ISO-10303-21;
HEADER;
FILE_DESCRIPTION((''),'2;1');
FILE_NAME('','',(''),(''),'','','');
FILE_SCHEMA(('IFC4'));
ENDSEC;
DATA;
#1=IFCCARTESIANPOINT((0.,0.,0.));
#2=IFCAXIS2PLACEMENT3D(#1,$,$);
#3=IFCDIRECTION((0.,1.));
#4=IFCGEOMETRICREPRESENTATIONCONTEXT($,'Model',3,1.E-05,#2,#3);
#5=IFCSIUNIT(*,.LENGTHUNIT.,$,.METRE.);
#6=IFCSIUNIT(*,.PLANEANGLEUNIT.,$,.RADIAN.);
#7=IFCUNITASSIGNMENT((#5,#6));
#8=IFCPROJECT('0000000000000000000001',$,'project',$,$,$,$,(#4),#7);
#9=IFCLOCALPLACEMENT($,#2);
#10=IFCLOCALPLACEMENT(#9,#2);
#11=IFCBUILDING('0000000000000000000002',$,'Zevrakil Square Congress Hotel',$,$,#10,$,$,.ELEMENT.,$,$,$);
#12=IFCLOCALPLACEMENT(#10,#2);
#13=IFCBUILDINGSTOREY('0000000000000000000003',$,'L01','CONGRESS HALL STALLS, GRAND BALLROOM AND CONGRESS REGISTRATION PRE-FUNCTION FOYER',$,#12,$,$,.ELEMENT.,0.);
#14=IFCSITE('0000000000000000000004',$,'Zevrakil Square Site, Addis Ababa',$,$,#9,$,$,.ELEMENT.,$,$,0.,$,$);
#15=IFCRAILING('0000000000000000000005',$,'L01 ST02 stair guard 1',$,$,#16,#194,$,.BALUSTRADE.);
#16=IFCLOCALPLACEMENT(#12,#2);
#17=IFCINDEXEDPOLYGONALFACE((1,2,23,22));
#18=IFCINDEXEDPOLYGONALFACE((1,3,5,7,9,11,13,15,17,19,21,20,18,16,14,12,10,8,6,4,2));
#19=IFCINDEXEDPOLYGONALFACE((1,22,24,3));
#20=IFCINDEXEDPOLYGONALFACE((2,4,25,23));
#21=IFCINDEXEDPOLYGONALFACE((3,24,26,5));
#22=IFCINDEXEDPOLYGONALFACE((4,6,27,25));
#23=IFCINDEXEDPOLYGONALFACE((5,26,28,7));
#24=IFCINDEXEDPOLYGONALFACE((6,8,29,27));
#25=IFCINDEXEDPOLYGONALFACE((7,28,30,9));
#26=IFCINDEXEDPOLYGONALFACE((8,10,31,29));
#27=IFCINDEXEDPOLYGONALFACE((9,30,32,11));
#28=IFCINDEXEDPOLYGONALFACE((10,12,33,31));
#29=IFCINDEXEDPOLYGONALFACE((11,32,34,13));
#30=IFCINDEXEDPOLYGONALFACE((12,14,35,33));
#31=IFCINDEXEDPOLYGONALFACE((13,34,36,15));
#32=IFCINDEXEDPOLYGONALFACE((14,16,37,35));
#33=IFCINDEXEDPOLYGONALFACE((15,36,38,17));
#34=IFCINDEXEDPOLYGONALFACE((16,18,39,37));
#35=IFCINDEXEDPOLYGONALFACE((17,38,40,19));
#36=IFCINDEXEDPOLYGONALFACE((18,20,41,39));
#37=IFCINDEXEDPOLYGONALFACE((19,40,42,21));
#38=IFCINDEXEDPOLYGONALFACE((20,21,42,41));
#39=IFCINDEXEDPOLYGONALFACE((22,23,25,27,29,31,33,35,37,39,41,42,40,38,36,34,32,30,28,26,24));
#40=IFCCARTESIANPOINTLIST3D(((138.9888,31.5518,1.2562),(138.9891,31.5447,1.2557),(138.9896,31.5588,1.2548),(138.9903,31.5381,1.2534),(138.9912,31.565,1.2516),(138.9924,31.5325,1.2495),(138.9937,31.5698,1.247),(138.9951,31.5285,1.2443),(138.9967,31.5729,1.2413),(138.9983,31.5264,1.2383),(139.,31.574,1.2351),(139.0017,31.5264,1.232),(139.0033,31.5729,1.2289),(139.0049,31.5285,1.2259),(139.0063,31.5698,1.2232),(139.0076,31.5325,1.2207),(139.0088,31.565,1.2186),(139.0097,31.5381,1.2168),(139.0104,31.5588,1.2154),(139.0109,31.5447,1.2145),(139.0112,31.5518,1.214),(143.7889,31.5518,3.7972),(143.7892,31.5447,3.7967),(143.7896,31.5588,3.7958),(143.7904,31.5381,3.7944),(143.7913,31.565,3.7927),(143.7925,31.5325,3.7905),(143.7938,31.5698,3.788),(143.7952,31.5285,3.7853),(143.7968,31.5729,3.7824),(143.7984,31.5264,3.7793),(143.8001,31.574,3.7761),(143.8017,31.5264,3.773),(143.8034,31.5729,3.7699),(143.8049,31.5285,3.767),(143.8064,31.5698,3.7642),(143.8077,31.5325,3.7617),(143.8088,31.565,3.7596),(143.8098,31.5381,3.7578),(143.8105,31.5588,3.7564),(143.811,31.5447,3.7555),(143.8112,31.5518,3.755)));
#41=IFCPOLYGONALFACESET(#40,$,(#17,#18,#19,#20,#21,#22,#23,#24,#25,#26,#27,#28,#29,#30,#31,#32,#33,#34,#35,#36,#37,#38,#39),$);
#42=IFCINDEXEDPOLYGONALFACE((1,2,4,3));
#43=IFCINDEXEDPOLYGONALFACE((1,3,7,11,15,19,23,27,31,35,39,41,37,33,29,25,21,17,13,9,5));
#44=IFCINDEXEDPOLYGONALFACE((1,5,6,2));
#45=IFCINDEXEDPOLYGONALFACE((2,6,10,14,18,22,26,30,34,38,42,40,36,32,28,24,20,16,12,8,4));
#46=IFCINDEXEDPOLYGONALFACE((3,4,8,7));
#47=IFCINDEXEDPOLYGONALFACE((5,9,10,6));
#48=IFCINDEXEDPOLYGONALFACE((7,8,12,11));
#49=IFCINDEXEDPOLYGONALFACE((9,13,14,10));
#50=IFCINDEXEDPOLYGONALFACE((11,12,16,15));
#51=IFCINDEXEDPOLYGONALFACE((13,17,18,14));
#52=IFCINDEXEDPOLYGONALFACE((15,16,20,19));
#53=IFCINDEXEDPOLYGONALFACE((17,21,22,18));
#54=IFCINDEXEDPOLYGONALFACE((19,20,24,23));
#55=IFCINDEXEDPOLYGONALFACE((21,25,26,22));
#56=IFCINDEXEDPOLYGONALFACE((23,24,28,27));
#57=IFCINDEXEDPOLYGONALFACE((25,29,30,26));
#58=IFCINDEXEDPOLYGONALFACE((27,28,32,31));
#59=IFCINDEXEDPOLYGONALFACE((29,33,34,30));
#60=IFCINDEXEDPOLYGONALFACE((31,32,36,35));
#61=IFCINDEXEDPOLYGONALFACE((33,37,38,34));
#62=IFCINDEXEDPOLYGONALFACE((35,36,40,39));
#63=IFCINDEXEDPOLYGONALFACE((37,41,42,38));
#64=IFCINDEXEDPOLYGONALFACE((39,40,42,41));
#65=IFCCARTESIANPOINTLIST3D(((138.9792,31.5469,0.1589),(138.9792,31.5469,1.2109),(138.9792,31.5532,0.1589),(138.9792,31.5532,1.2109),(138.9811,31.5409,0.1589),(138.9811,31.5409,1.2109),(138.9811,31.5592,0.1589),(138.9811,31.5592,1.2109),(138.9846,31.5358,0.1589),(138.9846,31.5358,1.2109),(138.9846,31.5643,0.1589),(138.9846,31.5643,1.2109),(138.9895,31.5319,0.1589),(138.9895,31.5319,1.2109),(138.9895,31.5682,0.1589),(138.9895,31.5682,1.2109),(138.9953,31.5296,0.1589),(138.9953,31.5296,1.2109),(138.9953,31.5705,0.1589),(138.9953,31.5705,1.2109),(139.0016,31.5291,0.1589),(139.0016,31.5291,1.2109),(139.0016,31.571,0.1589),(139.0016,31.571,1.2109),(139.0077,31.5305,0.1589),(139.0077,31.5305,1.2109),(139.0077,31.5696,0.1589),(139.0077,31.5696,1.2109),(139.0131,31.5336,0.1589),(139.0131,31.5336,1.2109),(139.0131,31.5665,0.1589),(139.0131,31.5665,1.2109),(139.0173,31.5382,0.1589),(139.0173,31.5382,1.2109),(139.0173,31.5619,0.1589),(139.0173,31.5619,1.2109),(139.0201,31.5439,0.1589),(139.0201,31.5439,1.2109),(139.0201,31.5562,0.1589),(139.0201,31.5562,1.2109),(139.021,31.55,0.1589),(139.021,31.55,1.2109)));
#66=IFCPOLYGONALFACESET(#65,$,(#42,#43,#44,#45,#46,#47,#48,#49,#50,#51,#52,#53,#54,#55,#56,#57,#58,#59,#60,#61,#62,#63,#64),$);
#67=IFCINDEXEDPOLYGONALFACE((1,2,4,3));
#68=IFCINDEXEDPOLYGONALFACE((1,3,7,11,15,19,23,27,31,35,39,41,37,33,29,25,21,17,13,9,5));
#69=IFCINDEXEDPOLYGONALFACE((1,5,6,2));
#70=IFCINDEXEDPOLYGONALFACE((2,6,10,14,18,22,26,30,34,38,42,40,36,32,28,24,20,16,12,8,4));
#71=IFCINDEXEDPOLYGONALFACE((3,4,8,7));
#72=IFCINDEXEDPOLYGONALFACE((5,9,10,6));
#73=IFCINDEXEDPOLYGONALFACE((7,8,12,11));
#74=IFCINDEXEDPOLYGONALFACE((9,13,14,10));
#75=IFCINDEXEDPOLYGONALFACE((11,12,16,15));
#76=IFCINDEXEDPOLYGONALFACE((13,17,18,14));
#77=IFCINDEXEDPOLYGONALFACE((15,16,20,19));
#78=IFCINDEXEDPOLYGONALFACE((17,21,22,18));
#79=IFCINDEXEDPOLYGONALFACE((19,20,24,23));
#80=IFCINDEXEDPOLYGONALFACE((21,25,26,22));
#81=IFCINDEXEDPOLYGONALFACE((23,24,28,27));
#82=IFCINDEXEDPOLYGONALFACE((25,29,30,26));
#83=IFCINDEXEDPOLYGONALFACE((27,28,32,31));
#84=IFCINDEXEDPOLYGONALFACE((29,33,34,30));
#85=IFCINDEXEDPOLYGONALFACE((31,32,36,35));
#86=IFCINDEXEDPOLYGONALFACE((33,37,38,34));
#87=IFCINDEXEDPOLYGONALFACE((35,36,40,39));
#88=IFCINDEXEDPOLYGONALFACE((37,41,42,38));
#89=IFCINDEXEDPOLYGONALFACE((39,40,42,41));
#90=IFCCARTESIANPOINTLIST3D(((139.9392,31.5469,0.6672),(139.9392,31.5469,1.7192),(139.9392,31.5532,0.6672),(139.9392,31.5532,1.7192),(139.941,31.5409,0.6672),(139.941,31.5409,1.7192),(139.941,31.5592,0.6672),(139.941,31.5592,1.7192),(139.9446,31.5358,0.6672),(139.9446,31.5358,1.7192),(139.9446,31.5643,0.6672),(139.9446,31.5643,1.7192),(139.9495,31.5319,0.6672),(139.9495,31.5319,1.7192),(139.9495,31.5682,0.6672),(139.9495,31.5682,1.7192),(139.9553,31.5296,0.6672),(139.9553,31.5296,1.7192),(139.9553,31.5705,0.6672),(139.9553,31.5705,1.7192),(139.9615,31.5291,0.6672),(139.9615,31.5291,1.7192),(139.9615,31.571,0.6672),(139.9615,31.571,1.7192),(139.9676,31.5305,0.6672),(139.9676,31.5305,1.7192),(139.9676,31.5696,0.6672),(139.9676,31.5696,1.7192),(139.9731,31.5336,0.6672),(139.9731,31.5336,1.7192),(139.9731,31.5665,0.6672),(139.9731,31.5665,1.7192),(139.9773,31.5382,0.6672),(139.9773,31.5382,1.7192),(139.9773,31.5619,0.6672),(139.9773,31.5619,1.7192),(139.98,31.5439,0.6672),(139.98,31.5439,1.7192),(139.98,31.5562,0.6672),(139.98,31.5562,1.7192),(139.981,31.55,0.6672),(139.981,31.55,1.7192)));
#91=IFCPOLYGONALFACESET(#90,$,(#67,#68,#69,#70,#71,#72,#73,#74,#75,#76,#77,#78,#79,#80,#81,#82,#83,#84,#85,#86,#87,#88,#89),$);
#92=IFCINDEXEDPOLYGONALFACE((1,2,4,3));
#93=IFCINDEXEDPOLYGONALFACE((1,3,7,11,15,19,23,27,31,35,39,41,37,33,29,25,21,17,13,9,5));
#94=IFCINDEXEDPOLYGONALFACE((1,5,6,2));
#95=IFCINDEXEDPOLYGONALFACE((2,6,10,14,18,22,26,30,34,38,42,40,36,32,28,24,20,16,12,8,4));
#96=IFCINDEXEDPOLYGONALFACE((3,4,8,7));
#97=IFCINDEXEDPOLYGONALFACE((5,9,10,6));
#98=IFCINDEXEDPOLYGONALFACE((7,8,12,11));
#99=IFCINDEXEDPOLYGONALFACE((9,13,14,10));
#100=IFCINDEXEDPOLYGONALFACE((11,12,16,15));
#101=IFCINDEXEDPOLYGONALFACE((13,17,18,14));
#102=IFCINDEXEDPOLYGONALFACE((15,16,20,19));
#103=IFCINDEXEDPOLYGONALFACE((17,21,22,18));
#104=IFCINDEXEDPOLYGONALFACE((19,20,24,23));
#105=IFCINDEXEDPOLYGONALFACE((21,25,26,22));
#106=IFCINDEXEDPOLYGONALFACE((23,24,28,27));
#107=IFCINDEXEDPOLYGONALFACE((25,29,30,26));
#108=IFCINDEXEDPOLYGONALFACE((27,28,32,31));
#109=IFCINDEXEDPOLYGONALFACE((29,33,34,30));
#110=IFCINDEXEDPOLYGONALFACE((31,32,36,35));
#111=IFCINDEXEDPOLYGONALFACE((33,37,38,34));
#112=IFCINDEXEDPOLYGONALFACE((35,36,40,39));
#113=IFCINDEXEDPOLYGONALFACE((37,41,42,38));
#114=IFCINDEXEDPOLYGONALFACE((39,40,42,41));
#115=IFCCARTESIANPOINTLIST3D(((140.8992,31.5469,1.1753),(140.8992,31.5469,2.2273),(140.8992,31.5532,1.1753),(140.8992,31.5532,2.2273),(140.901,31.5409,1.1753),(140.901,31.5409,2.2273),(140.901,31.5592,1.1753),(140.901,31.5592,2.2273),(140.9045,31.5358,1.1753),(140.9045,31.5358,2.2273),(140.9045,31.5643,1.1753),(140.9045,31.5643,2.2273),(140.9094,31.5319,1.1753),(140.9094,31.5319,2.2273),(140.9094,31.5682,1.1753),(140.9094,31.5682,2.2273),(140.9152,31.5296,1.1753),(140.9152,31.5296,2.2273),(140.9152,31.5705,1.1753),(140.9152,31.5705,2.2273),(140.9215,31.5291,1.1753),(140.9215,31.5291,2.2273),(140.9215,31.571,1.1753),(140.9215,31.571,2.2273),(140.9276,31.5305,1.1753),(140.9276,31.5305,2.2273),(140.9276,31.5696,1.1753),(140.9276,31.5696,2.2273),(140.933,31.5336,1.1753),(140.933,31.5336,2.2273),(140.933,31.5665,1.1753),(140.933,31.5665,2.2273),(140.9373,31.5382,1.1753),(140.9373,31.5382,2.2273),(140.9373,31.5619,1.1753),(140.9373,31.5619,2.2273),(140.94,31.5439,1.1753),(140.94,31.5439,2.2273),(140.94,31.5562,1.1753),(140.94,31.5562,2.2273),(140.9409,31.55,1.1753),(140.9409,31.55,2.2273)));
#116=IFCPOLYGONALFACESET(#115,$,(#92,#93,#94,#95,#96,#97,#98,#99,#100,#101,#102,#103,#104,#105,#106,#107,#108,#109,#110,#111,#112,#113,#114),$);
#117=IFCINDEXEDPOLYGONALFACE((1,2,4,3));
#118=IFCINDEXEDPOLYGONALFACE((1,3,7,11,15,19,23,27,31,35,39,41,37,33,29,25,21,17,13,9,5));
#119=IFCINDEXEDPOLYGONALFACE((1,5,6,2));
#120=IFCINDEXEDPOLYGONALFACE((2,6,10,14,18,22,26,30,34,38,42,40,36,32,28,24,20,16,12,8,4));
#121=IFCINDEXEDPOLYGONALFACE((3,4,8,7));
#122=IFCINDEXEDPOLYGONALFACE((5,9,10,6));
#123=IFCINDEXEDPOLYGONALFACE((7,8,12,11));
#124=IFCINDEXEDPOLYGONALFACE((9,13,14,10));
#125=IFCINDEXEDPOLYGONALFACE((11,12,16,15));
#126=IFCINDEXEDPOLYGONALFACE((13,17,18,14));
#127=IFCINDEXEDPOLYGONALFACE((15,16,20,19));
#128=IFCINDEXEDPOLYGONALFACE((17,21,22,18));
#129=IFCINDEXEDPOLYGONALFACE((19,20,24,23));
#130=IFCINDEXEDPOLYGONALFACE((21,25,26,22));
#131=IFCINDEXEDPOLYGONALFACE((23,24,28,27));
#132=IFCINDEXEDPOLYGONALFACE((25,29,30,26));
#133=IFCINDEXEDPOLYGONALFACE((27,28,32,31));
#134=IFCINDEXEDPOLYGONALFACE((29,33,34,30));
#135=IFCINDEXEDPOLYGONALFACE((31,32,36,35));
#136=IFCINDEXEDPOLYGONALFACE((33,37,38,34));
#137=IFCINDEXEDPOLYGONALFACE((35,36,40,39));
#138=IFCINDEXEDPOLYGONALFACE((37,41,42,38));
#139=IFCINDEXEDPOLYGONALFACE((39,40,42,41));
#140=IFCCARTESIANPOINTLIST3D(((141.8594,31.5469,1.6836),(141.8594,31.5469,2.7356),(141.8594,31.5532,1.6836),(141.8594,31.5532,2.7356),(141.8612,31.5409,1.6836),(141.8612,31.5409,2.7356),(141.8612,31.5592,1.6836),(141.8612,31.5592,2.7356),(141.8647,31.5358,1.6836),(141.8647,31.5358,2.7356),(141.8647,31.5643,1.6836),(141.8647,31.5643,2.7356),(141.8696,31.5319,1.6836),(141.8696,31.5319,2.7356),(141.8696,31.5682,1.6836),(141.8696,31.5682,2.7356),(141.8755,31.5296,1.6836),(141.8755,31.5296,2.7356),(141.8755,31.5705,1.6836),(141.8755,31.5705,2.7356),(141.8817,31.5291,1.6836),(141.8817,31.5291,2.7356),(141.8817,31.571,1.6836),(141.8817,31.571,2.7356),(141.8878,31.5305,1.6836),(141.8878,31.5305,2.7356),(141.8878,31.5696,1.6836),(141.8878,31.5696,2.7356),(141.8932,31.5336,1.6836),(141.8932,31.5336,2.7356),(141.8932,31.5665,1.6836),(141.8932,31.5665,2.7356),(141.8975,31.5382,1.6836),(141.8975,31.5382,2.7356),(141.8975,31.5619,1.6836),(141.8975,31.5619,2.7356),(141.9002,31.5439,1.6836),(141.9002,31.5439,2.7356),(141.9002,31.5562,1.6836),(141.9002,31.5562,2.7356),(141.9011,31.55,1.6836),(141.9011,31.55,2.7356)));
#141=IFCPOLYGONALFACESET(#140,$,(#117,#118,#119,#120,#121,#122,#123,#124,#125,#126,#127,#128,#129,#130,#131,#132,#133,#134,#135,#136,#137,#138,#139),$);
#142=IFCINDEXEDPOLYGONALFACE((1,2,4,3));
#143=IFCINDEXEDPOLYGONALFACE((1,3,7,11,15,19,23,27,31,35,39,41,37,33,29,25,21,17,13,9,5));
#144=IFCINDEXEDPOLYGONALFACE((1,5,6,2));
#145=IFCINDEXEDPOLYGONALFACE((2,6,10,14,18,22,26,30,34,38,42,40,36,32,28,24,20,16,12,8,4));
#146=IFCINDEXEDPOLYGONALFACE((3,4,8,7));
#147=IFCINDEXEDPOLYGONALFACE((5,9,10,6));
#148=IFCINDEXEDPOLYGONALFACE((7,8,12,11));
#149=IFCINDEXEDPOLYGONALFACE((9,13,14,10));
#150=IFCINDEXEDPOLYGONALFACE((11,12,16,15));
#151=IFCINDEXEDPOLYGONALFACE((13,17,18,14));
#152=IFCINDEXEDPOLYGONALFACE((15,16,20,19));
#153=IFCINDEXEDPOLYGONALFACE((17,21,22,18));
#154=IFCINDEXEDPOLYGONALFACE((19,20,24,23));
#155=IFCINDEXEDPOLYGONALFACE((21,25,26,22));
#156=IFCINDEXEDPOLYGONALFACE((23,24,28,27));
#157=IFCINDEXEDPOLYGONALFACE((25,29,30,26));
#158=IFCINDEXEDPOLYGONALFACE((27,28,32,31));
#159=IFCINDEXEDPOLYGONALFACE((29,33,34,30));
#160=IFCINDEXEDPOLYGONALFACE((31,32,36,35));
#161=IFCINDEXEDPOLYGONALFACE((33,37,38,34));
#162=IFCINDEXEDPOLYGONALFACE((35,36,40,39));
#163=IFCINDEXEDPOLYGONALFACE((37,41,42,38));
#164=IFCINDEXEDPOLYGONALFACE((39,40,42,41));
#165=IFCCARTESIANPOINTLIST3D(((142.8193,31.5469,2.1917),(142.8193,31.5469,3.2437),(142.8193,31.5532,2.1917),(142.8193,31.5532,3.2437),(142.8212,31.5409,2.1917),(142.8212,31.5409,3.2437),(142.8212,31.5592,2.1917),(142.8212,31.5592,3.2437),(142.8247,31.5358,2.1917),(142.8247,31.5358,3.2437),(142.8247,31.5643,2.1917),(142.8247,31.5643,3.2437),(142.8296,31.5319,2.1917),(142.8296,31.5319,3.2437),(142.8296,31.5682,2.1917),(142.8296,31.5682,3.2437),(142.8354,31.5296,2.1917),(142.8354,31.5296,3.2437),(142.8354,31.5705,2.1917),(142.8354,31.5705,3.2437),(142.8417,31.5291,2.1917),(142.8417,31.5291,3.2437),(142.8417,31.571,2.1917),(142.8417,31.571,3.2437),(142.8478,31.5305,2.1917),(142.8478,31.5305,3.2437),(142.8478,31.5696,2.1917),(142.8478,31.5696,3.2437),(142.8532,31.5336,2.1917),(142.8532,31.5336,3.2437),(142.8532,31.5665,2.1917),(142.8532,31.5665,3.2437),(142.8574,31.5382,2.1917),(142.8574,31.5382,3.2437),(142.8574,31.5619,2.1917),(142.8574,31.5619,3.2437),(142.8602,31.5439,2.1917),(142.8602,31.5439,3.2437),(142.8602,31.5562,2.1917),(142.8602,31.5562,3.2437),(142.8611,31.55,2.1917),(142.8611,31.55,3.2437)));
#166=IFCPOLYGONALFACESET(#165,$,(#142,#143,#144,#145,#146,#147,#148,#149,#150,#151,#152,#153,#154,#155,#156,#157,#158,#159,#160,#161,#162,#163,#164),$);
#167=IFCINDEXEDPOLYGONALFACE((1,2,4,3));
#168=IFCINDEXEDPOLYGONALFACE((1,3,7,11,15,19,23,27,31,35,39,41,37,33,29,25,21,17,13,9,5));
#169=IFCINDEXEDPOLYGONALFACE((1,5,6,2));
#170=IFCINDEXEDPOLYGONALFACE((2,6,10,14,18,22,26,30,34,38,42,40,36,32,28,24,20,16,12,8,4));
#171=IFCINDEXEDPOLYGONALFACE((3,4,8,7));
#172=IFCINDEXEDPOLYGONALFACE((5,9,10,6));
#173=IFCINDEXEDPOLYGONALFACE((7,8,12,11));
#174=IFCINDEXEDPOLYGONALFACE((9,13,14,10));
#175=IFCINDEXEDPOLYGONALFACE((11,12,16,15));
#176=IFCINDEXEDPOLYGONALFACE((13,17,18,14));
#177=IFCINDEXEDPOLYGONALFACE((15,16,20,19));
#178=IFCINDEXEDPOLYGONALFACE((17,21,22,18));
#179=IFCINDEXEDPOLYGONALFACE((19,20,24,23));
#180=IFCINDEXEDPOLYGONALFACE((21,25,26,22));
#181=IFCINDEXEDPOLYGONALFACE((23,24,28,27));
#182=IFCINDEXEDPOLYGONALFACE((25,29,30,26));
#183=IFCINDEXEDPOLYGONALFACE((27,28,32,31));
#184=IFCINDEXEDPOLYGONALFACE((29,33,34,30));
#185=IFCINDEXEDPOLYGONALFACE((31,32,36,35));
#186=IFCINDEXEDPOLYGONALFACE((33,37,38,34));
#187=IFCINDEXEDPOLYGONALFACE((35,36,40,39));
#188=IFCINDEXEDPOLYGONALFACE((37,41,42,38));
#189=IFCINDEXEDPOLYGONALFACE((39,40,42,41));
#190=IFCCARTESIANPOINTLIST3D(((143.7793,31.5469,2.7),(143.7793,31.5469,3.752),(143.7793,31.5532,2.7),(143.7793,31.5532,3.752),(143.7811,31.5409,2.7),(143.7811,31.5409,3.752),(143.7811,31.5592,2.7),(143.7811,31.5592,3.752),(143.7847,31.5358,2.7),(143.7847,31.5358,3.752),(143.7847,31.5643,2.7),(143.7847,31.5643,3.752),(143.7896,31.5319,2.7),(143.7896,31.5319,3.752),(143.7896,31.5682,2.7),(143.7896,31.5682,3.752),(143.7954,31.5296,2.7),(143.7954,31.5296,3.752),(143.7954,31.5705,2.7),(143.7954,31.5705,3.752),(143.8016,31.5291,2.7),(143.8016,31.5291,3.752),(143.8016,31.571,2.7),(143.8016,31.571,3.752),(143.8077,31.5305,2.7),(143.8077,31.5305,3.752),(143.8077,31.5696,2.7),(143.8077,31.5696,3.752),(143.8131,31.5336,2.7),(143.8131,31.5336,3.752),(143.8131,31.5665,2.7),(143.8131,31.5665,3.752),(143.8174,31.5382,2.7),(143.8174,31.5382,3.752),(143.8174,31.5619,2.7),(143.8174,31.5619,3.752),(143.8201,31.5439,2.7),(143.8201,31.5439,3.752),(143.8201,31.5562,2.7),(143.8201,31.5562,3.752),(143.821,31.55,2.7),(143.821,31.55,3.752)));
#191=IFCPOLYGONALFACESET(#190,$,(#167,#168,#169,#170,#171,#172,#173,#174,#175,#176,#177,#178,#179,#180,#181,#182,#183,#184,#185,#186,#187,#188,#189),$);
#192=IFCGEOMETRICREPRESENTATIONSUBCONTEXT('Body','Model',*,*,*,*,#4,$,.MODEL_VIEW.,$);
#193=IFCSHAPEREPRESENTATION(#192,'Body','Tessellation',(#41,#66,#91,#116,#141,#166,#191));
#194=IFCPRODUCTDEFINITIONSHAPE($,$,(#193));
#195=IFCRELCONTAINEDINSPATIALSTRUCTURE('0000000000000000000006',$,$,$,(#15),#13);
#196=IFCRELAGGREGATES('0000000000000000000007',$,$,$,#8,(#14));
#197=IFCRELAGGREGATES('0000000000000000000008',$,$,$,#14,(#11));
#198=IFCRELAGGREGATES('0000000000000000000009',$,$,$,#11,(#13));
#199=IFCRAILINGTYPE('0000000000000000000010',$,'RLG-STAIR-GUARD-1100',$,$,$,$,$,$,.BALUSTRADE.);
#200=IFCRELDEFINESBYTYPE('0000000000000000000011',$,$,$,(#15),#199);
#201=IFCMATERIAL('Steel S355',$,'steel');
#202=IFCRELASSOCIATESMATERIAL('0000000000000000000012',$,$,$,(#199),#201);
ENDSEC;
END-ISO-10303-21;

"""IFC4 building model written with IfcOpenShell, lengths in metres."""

from ifc_helpers import new_model, si_unit, direction, frame, origin, origin_2d, place, context, subcontext, project, spatial, circle, extrude, material, type_object, element, save


model = new_model("IFC4")

# Units and contexts
model_context = context("Model", 3, precision=1e-05, world=origin(), true_north=direction((0.0, 1.0)))
body_context = subcontext(model_context, "Body", "Model", "MODEL_VIEW")
ifc_project = project(units=[si_unit("LENGTHUNIT", "METRE"), si_unit("PLANEANGLEUNIT", "RADIAN")], contexts=[model_context])

# Site, building, storey
site_placement = place(None, origin())
site = spatial("IfcSite", under=ifc_project, at=site_placement, Name="Zevrakil Square Site, Addis Ababa", CompositionType="ELEMENT", RefElevation=0.0)
building_placement = place(site_placement, origin())
building = spatial("IfcBuilding", under=site, at=building_placement, Name="Zevrakil Square Congress Hotel", CompositionType="ELEMENT")
storey_placement = place(building_placement, origin())
storey = spatial("IfcBuildingStorey", under=building, at=storey_placement, Name="L01", Description="CONGRESS HALL STALLS, GRAND BALLROOM AND CONGRESS REGISTRATION PRE-FUNCTION FOYER", CompositionType="ELEMENT", Elevation=0.0)

# Railing
ifc_material_1 = material(Name="Steel S355", Category="steel")
railing_type_1 = type_object("IfcRailingType", Name="RLG-STAIR-GUARD-1100", PredefinedType="BALUSTRADE", material=ifc_material_1)
railing_1_placement = place(storey_placement, frame((139.0, 31.55, 0.1589)))
element("IfcRailing", 1, at=railing_1_placement, inside=storey, type_object=railing_type_1, Name="L01 ST02 stair guard 1", PredefinedType="BALUSTRADE", context=body_context, shape_type="SweptSolid", body=[
    extrude(circle(Radius=0.0239, at=origin_2d()), frame((0.0, 0.0, 1.0762), z_axis=(0.883802, 0.0, 0.467861), x_axis=(0.0, 1.0, 0.0)), (0.0, 0.0, 1.0), 5.4312),
    extrude(circle(Radius=0.021, at=origin_2d()), origin(), (0.0, 0.0, 1.0), 1.052),
    extrude(circle(Radius=0.021, at=origin_2d()), frame((0.96, 0.0, 0.5083)), (0.0, 0.0, 1.0), 1.052),
    extrude(circle(Radius=0.021, at=origin_2d()), frame((1.9199, 0.0, 1.0164)), (0.0, 0.0, 1.0), 1.052),
    extrude(circle(Radius=0.021, at=origin_2d()), frame((2.8801, 0.0, 1.5247)), (0.0, 0.0, 1.0), 1.052),
    extrude(circle(Radius=0.021, at=origin_2d()), frame((3.8401, 0.0, 2.0327)), (0.0, 0.0, 1.0), 1.052),
    extrude(circle(Radius=0.021, at=origin_2d()), frame((4.8, 0.0, 2.541)), (0.0, 0.0, 1.0), 1.052),
])

save(model, "model.ifc")
